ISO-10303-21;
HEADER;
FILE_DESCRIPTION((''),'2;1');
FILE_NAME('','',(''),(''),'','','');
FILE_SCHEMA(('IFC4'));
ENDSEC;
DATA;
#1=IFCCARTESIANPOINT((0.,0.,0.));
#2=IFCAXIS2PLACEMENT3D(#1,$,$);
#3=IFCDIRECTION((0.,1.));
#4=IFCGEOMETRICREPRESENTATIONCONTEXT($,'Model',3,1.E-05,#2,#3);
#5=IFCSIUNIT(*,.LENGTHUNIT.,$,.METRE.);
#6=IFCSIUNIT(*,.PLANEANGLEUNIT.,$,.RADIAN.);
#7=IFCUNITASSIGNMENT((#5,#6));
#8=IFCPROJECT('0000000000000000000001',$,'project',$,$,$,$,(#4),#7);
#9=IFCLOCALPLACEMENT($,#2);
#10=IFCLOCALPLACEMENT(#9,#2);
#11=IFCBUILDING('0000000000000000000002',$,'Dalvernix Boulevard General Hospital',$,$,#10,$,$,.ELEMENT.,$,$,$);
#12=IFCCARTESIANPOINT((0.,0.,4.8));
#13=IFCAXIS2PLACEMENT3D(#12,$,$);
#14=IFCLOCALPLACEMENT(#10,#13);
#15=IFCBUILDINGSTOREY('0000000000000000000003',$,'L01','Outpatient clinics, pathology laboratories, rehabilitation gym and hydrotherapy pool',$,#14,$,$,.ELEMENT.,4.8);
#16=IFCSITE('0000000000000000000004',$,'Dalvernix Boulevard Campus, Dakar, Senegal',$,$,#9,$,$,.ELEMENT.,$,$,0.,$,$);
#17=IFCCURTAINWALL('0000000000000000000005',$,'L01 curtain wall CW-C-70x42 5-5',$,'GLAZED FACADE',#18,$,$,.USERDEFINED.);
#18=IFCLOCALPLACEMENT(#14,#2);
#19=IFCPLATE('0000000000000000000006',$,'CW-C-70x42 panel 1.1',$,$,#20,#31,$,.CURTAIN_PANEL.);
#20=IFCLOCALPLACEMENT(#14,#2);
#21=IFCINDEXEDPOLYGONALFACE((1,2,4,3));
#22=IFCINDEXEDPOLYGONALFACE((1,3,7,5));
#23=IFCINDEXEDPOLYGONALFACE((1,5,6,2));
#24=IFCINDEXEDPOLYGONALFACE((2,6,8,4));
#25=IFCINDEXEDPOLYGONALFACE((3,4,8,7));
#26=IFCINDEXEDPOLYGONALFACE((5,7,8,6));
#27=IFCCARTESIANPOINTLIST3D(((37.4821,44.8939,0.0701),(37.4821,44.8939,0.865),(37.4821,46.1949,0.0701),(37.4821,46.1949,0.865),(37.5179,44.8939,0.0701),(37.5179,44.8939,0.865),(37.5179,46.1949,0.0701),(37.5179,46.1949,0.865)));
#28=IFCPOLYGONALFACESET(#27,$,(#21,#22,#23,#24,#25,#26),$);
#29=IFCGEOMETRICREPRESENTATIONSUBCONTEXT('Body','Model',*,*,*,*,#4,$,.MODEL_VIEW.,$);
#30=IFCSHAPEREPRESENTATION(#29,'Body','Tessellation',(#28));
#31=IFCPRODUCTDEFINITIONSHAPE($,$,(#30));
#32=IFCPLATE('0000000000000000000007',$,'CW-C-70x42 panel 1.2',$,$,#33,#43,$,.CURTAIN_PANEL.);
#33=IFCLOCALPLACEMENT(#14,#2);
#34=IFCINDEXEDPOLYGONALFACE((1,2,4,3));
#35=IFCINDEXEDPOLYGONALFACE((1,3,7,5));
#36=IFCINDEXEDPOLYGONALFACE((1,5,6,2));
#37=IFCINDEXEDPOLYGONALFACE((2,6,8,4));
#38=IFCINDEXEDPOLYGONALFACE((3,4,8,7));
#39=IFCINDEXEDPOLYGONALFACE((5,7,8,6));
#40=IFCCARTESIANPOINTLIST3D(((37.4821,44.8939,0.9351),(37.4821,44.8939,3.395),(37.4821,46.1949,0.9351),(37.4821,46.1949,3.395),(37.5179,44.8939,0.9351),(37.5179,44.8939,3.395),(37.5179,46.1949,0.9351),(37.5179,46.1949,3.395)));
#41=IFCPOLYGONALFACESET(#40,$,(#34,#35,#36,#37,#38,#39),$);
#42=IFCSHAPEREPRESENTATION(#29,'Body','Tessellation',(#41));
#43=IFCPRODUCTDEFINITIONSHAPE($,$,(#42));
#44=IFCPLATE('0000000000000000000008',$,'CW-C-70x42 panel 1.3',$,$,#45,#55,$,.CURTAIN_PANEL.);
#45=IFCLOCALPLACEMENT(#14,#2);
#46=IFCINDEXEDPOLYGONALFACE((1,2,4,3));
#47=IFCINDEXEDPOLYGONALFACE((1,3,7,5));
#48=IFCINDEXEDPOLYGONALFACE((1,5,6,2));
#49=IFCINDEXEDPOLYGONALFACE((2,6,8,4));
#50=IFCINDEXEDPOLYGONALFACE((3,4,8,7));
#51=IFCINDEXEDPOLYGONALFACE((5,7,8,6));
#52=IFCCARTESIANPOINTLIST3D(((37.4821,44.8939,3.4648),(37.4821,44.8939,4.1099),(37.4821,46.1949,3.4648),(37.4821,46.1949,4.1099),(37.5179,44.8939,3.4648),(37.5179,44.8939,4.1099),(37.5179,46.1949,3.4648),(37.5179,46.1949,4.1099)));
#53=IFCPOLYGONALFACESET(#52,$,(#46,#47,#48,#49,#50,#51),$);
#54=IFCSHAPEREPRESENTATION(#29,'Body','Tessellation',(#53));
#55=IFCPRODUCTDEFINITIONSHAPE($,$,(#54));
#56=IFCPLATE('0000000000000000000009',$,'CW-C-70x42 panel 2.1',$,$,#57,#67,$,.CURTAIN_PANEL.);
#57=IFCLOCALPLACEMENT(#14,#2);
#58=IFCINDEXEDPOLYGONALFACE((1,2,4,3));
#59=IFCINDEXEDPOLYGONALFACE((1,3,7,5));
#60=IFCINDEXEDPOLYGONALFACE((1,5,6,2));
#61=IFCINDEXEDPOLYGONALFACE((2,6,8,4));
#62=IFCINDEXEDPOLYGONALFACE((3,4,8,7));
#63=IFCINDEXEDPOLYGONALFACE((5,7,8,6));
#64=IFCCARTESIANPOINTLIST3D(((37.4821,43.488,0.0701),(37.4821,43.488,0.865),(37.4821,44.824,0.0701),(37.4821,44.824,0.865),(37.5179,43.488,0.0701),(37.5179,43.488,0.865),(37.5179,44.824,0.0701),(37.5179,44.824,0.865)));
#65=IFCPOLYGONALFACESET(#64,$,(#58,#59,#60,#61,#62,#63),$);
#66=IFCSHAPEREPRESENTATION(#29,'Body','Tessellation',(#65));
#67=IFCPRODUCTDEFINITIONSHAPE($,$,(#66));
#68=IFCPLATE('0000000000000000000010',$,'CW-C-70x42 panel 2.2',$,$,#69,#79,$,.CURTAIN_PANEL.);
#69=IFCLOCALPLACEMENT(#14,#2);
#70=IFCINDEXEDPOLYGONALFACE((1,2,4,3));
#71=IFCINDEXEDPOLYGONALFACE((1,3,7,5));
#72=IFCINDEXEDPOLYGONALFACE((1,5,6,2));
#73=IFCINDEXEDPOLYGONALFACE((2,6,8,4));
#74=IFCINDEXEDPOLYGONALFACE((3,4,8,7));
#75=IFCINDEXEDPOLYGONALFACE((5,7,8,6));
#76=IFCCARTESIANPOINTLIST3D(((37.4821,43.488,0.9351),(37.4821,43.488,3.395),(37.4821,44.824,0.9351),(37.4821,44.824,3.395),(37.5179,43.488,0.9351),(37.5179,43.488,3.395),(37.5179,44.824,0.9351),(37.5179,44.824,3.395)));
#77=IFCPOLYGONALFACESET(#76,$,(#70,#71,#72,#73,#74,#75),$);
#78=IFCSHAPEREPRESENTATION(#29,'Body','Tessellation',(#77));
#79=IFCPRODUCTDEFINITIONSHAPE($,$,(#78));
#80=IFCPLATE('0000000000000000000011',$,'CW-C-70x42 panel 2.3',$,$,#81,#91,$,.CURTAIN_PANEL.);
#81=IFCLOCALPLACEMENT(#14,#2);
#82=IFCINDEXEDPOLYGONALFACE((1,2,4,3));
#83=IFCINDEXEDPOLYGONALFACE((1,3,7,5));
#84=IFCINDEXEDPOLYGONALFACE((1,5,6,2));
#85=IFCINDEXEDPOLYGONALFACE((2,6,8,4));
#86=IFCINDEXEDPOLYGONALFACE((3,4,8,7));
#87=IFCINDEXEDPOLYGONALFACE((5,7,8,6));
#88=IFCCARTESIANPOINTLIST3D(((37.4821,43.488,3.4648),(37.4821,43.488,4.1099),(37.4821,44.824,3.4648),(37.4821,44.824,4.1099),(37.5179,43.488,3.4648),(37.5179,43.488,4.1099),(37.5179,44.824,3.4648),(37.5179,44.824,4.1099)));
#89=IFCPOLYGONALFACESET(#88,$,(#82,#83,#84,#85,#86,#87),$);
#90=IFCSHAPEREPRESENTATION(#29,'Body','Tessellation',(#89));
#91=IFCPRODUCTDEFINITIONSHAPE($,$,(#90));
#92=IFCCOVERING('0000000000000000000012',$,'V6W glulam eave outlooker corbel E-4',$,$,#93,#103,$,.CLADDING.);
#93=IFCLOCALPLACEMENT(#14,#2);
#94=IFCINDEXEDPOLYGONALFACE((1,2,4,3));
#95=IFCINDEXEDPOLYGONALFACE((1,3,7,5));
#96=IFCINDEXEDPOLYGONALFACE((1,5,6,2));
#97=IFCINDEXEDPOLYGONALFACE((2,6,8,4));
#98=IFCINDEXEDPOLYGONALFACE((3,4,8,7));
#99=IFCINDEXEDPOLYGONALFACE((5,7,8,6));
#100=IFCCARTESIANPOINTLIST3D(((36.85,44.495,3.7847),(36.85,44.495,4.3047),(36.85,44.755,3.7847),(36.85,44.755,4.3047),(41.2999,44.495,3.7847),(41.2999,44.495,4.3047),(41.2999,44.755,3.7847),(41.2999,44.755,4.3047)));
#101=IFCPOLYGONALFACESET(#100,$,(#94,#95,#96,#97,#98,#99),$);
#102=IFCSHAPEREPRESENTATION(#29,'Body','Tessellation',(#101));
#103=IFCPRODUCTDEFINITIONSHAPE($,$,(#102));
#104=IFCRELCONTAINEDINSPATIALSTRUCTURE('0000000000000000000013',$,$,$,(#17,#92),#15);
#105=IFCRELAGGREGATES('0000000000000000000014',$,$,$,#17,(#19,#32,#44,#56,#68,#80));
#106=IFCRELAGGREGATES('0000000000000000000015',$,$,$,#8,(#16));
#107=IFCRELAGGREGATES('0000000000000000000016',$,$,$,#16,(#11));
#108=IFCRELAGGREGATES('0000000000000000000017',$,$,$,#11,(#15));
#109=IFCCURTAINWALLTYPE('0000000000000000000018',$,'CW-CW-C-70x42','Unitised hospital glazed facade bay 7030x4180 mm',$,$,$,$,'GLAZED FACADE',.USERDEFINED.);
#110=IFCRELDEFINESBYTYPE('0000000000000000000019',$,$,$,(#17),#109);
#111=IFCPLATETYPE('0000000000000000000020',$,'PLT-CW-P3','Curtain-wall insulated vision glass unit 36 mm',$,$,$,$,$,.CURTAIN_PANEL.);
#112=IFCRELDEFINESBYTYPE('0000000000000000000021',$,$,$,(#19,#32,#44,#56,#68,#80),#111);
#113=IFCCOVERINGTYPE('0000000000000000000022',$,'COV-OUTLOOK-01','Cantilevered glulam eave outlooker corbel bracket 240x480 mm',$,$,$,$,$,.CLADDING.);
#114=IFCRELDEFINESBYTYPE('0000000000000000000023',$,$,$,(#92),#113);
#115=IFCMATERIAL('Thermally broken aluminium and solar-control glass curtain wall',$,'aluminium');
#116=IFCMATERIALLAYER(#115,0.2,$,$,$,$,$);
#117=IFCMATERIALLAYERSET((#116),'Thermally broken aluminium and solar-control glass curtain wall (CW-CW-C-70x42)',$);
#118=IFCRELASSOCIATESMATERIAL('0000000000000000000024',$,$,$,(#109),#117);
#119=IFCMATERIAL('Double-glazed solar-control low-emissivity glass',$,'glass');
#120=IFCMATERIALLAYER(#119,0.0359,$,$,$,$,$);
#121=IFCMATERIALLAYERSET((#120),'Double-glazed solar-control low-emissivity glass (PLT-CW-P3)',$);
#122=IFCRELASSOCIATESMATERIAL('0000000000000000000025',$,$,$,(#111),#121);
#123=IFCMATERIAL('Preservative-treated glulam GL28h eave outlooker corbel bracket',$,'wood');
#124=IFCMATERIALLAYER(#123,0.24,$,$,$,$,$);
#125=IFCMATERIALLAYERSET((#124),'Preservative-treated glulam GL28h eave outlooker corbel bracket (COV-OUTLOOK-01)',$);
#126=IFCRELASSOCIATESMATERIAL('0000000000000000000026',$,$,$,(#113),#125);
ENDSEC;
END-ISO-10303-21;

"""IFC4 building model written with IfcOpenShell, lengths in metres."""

from ifc_helpers import new_model, si_unit, direction, frame, origin, origin_2d, place, context, subcontext, project, spatial, rectangle, extrude, material, layer, layer_set, type_object, element, aggregate, save


model = new_model("IFC4")

# Units and contexts
model_context = context("Model", 3, precision=1e-05, world=origin(), true_north=direction((0.0, 1.0)))
body_context = subcontext(model_context, "Body", "Model", "MODEL_VIEW")
ifc_project = project(units=[si_unit("LENGTHUNIT", "METRE"), si_unit("PLANEANGLEUNIT", "RADIAN")], contexts=[model_context])

# Site, building, storey
site_placement = place(None, origin())
site = spatial("IfcSite", under=ifc_project, at=site_placement, Name="Dalvernix Boulevard Campus, Dakar, Senegal", CompositionType="ELEMENT", RefElevation=0.0)
building_placement = place(site_placement, origin())
building = spatial("IfcBuilding", under=site, at=building_placement, Name="Dalvernix Boulevard General Hospital", CompositionType="ELEMENT")
storey_placement = place(building_placement, frame((0.0, 0.0, 4.8)))
storey = spatial("IfcBuildingStorey", under=building, at=storey_placement, Name="L01", Description="Outpatient clinics, pathology laboratories, rehabilitation gym and hydrotherapy pool", CompositionType="ELEMENT", Elevation=4.8)

# Curtain wall, plates
ifc_material_1 = material(Name="Thermally broken aluminium and solar-control glass curtain wall", Category="aluminium")
ifc_layer_1 = layer(ifc_material_1, 0.2)
ifc_layer_set_1 = layer_set([ifc_layer_1], Name="Thermally broken aluminium and solar-control glass curtain wall (CW-CW-C-70x42)")
curtain_wall_type = type_object("IfcCurtainWallType", Name="CW-CW-C-70x42", Description="Unitised hospital glazed facade bay 7030x4180 mm", ElementType="GLAZED FACADE", PredefinedType="USERDEFINED", material=ifc_layer_set_1)
curtain_wall_placement = place(storey_placement, origin())
curtain_wall = element("IfcCurtainWall", 1, at=curtain_wall_placement, inside=storey, type_object=curtain_wall_type, Name="L01 curtain wall CW-C-70x42 5-5", ObjectType="GLAZED FACADE", PredefinedType="USERDEFINED")
ifc_material_2 = material(Name="Double-glazed solar-control low-emissivity glass", Category="glass")
ifc_layer_2 = layer(ifc_material_2, 0.0359)
ifc_layer_set_2 = layer_set([ifc_layer_2], Name="Double-glazed solar-control low-emissivity glass (PLT-CW-P3)")
plate_type = type_object("IfcPlateType", Name="PLT-CW-P3", Description="Curtain-wall insulated vision glass unit 36 mm", PredefinedType="CURTAIN_PANEL", material=ifc_layer_set_2)
plate_1_placement = place(storey_placement, frame((37.5, 45.5444, 0.0701), z_axis=(0.0, 0.0, 1.0), x_axis=(0.0, -1.0, 0.0)))
plate_1 = element("IfcPlate", 2, at=plate_1_placement, type_object=plate_type, Name="CW-C-70x42 panel 1.1", PredefinedType="CURTAIN_PANEL", context=body_context, shape_type="SweptSolid", body=[
    extrude(rectangle(XDim=1.301, YDim=0.0359, at=origin_2d()), origin(), (0.0, 0.0, 1.0), 0.7949),
])
plate_2_placement = place(storey_placement, frame((37.5, 45.5444, 0.9351), z_axis=(0.0, 0.0, 1.0), x_axis=(0.0, -1.0, 0.0)))
plate_2 = element("IfcPlate", 3, at=plate_2_placement, type_object=plate_type, Name="CW-C-70x42 panel 1.2", PredefinedType="CURTAIN_PANEL", context=body_context, shape_type="SweptSolid", body=[
    extrude(rectangle(XDim=1.301, YDim=0.0359, at=origin_2d()), origin(), (0.0, 0.0, 1.0), 2.46),
])
plate_3_placement = place(storey_placement, frame((37.5, 45.5444, 3.4648), z_axis=(0.0, 0.0, 1.0), x_axis=(0.0, -1.0, 0.0)))
plate_3 = element("IfcPlate", 4, at=plate_3_placement, type_object=plate_type, Name="CW-C-70x42 panel 1.3", PredefinedType="CURTAIN_PANEL", context=body_context, shape_type="SweptSolid", body=[
    extrude(rectangle(XDim=1.301, YDim=0.0359, at=origin_2d()), origin(), (0.0, 0.0, 1.0), 0.645),
])
plate_4_placement = place(storey_placement, frame((37.5, 44.156, 0.0701), z_axis=(0.0, 0.0, 1.0), x_axis=(0.0, -1.0, 0.0)))
plate_4 = element("IfcPlate", 5, at=plate_4_placement, type_object=plate_type, Name="CW-C-70x42 panel 2.1", PredefinedType="CURTAIN_PANEL", context=body_context, shape_type="SweptSolid", body=[
    extrude(rectangle(XDim=1.3359, YDim=0.0359, at=origin_2d()), origin(), (0.0, 0.0, 1.0), 0.7949),
])
plate_5_placement = place(storey_placement, frame((37.5, 44.156, 0.9351), z_axis=(0.0, 0.0, 1.0), x_axis=(0.0, -1.0, 0.0)))
plate_5 = element("IfcPlate", 6, at=plate_5_placement, type_object=plate_type, Name="CW-C-70x42 panel 2.2", PredefinedType="CURTAIN_PANEL", context=body_context, shape_type="SweptSolid", body=[
    extrude(rectangle(XDim=1.3359, YDim=0.0359, at=origin_2d()), origin(), (0.0, 0.0, 1.0), 2.46),
])
plate_6_placement = place(storey_placement, frame((37.5, 44.156, 3.4648), z_axis=(0.0, 0.0, 1.0), x_axis=(0.0, -1.0, 0.0)))
plate_6 = element("IfcPlate", 7, at=plate_6_placement, type_object=plate_type, Name="CW-C-70x42 panel 2.3", PredefinedType="CURTAIN_PANEL", context=body_context, shape_type="SweptSolid", body=[
    extrude(rectangle(XDim=1.3359, YDim=0.0359, at=origin_2d()), origin(), (0.0, 0.0, 1.0), 0.645),
])
aggregate(curtain_wall, [plate_1, plate_2, plate_3, plate_4, plate_5, plate_6])

# Covering
ifc_material_3 = material(Name="Preservative-treated glulam GL28h eave outlooker corbel bracket", Category="wood")
ifc_layer_3 = layer(ifc_material_3, 0.24)
ifc_layer_set_3 = layer_set([ifc_layer_3], Name="Preservative-treated glulam GL28h eave outlooker corbel bracket (COV-OUTLOOK-01)")
covering_type = type_object("IfcCoveringType", Name="COV-OUTLOOK-01", Description="Cantilevered glulam eave outlooker corbel bracket 240x480 mm", PredefinedType="CLADDING", material=ifc_layer_set_3)
covering_placement = place(storey_placement, frame((39.075, 44.625, 3.7847), z_axis=(0.0, 0.0, 1.0), x_axis=(1.0, 0.0, 0.0)))
element("IfcCovering", 8, at=covering_placement, inside=storey, type_object=covering_type, Name="V6W glulam eave outlooker corbel E-4", PredefinedType="CLADDING", context=body_context, shape_type="SweptSolid", body=[
    extrude(rectangle(XDim=4.45, YDim=0.26, at=origin_2d()), origin(), (0.0, 0.0, 1.0), 0.52),
])

save(model, "model.ifc")
